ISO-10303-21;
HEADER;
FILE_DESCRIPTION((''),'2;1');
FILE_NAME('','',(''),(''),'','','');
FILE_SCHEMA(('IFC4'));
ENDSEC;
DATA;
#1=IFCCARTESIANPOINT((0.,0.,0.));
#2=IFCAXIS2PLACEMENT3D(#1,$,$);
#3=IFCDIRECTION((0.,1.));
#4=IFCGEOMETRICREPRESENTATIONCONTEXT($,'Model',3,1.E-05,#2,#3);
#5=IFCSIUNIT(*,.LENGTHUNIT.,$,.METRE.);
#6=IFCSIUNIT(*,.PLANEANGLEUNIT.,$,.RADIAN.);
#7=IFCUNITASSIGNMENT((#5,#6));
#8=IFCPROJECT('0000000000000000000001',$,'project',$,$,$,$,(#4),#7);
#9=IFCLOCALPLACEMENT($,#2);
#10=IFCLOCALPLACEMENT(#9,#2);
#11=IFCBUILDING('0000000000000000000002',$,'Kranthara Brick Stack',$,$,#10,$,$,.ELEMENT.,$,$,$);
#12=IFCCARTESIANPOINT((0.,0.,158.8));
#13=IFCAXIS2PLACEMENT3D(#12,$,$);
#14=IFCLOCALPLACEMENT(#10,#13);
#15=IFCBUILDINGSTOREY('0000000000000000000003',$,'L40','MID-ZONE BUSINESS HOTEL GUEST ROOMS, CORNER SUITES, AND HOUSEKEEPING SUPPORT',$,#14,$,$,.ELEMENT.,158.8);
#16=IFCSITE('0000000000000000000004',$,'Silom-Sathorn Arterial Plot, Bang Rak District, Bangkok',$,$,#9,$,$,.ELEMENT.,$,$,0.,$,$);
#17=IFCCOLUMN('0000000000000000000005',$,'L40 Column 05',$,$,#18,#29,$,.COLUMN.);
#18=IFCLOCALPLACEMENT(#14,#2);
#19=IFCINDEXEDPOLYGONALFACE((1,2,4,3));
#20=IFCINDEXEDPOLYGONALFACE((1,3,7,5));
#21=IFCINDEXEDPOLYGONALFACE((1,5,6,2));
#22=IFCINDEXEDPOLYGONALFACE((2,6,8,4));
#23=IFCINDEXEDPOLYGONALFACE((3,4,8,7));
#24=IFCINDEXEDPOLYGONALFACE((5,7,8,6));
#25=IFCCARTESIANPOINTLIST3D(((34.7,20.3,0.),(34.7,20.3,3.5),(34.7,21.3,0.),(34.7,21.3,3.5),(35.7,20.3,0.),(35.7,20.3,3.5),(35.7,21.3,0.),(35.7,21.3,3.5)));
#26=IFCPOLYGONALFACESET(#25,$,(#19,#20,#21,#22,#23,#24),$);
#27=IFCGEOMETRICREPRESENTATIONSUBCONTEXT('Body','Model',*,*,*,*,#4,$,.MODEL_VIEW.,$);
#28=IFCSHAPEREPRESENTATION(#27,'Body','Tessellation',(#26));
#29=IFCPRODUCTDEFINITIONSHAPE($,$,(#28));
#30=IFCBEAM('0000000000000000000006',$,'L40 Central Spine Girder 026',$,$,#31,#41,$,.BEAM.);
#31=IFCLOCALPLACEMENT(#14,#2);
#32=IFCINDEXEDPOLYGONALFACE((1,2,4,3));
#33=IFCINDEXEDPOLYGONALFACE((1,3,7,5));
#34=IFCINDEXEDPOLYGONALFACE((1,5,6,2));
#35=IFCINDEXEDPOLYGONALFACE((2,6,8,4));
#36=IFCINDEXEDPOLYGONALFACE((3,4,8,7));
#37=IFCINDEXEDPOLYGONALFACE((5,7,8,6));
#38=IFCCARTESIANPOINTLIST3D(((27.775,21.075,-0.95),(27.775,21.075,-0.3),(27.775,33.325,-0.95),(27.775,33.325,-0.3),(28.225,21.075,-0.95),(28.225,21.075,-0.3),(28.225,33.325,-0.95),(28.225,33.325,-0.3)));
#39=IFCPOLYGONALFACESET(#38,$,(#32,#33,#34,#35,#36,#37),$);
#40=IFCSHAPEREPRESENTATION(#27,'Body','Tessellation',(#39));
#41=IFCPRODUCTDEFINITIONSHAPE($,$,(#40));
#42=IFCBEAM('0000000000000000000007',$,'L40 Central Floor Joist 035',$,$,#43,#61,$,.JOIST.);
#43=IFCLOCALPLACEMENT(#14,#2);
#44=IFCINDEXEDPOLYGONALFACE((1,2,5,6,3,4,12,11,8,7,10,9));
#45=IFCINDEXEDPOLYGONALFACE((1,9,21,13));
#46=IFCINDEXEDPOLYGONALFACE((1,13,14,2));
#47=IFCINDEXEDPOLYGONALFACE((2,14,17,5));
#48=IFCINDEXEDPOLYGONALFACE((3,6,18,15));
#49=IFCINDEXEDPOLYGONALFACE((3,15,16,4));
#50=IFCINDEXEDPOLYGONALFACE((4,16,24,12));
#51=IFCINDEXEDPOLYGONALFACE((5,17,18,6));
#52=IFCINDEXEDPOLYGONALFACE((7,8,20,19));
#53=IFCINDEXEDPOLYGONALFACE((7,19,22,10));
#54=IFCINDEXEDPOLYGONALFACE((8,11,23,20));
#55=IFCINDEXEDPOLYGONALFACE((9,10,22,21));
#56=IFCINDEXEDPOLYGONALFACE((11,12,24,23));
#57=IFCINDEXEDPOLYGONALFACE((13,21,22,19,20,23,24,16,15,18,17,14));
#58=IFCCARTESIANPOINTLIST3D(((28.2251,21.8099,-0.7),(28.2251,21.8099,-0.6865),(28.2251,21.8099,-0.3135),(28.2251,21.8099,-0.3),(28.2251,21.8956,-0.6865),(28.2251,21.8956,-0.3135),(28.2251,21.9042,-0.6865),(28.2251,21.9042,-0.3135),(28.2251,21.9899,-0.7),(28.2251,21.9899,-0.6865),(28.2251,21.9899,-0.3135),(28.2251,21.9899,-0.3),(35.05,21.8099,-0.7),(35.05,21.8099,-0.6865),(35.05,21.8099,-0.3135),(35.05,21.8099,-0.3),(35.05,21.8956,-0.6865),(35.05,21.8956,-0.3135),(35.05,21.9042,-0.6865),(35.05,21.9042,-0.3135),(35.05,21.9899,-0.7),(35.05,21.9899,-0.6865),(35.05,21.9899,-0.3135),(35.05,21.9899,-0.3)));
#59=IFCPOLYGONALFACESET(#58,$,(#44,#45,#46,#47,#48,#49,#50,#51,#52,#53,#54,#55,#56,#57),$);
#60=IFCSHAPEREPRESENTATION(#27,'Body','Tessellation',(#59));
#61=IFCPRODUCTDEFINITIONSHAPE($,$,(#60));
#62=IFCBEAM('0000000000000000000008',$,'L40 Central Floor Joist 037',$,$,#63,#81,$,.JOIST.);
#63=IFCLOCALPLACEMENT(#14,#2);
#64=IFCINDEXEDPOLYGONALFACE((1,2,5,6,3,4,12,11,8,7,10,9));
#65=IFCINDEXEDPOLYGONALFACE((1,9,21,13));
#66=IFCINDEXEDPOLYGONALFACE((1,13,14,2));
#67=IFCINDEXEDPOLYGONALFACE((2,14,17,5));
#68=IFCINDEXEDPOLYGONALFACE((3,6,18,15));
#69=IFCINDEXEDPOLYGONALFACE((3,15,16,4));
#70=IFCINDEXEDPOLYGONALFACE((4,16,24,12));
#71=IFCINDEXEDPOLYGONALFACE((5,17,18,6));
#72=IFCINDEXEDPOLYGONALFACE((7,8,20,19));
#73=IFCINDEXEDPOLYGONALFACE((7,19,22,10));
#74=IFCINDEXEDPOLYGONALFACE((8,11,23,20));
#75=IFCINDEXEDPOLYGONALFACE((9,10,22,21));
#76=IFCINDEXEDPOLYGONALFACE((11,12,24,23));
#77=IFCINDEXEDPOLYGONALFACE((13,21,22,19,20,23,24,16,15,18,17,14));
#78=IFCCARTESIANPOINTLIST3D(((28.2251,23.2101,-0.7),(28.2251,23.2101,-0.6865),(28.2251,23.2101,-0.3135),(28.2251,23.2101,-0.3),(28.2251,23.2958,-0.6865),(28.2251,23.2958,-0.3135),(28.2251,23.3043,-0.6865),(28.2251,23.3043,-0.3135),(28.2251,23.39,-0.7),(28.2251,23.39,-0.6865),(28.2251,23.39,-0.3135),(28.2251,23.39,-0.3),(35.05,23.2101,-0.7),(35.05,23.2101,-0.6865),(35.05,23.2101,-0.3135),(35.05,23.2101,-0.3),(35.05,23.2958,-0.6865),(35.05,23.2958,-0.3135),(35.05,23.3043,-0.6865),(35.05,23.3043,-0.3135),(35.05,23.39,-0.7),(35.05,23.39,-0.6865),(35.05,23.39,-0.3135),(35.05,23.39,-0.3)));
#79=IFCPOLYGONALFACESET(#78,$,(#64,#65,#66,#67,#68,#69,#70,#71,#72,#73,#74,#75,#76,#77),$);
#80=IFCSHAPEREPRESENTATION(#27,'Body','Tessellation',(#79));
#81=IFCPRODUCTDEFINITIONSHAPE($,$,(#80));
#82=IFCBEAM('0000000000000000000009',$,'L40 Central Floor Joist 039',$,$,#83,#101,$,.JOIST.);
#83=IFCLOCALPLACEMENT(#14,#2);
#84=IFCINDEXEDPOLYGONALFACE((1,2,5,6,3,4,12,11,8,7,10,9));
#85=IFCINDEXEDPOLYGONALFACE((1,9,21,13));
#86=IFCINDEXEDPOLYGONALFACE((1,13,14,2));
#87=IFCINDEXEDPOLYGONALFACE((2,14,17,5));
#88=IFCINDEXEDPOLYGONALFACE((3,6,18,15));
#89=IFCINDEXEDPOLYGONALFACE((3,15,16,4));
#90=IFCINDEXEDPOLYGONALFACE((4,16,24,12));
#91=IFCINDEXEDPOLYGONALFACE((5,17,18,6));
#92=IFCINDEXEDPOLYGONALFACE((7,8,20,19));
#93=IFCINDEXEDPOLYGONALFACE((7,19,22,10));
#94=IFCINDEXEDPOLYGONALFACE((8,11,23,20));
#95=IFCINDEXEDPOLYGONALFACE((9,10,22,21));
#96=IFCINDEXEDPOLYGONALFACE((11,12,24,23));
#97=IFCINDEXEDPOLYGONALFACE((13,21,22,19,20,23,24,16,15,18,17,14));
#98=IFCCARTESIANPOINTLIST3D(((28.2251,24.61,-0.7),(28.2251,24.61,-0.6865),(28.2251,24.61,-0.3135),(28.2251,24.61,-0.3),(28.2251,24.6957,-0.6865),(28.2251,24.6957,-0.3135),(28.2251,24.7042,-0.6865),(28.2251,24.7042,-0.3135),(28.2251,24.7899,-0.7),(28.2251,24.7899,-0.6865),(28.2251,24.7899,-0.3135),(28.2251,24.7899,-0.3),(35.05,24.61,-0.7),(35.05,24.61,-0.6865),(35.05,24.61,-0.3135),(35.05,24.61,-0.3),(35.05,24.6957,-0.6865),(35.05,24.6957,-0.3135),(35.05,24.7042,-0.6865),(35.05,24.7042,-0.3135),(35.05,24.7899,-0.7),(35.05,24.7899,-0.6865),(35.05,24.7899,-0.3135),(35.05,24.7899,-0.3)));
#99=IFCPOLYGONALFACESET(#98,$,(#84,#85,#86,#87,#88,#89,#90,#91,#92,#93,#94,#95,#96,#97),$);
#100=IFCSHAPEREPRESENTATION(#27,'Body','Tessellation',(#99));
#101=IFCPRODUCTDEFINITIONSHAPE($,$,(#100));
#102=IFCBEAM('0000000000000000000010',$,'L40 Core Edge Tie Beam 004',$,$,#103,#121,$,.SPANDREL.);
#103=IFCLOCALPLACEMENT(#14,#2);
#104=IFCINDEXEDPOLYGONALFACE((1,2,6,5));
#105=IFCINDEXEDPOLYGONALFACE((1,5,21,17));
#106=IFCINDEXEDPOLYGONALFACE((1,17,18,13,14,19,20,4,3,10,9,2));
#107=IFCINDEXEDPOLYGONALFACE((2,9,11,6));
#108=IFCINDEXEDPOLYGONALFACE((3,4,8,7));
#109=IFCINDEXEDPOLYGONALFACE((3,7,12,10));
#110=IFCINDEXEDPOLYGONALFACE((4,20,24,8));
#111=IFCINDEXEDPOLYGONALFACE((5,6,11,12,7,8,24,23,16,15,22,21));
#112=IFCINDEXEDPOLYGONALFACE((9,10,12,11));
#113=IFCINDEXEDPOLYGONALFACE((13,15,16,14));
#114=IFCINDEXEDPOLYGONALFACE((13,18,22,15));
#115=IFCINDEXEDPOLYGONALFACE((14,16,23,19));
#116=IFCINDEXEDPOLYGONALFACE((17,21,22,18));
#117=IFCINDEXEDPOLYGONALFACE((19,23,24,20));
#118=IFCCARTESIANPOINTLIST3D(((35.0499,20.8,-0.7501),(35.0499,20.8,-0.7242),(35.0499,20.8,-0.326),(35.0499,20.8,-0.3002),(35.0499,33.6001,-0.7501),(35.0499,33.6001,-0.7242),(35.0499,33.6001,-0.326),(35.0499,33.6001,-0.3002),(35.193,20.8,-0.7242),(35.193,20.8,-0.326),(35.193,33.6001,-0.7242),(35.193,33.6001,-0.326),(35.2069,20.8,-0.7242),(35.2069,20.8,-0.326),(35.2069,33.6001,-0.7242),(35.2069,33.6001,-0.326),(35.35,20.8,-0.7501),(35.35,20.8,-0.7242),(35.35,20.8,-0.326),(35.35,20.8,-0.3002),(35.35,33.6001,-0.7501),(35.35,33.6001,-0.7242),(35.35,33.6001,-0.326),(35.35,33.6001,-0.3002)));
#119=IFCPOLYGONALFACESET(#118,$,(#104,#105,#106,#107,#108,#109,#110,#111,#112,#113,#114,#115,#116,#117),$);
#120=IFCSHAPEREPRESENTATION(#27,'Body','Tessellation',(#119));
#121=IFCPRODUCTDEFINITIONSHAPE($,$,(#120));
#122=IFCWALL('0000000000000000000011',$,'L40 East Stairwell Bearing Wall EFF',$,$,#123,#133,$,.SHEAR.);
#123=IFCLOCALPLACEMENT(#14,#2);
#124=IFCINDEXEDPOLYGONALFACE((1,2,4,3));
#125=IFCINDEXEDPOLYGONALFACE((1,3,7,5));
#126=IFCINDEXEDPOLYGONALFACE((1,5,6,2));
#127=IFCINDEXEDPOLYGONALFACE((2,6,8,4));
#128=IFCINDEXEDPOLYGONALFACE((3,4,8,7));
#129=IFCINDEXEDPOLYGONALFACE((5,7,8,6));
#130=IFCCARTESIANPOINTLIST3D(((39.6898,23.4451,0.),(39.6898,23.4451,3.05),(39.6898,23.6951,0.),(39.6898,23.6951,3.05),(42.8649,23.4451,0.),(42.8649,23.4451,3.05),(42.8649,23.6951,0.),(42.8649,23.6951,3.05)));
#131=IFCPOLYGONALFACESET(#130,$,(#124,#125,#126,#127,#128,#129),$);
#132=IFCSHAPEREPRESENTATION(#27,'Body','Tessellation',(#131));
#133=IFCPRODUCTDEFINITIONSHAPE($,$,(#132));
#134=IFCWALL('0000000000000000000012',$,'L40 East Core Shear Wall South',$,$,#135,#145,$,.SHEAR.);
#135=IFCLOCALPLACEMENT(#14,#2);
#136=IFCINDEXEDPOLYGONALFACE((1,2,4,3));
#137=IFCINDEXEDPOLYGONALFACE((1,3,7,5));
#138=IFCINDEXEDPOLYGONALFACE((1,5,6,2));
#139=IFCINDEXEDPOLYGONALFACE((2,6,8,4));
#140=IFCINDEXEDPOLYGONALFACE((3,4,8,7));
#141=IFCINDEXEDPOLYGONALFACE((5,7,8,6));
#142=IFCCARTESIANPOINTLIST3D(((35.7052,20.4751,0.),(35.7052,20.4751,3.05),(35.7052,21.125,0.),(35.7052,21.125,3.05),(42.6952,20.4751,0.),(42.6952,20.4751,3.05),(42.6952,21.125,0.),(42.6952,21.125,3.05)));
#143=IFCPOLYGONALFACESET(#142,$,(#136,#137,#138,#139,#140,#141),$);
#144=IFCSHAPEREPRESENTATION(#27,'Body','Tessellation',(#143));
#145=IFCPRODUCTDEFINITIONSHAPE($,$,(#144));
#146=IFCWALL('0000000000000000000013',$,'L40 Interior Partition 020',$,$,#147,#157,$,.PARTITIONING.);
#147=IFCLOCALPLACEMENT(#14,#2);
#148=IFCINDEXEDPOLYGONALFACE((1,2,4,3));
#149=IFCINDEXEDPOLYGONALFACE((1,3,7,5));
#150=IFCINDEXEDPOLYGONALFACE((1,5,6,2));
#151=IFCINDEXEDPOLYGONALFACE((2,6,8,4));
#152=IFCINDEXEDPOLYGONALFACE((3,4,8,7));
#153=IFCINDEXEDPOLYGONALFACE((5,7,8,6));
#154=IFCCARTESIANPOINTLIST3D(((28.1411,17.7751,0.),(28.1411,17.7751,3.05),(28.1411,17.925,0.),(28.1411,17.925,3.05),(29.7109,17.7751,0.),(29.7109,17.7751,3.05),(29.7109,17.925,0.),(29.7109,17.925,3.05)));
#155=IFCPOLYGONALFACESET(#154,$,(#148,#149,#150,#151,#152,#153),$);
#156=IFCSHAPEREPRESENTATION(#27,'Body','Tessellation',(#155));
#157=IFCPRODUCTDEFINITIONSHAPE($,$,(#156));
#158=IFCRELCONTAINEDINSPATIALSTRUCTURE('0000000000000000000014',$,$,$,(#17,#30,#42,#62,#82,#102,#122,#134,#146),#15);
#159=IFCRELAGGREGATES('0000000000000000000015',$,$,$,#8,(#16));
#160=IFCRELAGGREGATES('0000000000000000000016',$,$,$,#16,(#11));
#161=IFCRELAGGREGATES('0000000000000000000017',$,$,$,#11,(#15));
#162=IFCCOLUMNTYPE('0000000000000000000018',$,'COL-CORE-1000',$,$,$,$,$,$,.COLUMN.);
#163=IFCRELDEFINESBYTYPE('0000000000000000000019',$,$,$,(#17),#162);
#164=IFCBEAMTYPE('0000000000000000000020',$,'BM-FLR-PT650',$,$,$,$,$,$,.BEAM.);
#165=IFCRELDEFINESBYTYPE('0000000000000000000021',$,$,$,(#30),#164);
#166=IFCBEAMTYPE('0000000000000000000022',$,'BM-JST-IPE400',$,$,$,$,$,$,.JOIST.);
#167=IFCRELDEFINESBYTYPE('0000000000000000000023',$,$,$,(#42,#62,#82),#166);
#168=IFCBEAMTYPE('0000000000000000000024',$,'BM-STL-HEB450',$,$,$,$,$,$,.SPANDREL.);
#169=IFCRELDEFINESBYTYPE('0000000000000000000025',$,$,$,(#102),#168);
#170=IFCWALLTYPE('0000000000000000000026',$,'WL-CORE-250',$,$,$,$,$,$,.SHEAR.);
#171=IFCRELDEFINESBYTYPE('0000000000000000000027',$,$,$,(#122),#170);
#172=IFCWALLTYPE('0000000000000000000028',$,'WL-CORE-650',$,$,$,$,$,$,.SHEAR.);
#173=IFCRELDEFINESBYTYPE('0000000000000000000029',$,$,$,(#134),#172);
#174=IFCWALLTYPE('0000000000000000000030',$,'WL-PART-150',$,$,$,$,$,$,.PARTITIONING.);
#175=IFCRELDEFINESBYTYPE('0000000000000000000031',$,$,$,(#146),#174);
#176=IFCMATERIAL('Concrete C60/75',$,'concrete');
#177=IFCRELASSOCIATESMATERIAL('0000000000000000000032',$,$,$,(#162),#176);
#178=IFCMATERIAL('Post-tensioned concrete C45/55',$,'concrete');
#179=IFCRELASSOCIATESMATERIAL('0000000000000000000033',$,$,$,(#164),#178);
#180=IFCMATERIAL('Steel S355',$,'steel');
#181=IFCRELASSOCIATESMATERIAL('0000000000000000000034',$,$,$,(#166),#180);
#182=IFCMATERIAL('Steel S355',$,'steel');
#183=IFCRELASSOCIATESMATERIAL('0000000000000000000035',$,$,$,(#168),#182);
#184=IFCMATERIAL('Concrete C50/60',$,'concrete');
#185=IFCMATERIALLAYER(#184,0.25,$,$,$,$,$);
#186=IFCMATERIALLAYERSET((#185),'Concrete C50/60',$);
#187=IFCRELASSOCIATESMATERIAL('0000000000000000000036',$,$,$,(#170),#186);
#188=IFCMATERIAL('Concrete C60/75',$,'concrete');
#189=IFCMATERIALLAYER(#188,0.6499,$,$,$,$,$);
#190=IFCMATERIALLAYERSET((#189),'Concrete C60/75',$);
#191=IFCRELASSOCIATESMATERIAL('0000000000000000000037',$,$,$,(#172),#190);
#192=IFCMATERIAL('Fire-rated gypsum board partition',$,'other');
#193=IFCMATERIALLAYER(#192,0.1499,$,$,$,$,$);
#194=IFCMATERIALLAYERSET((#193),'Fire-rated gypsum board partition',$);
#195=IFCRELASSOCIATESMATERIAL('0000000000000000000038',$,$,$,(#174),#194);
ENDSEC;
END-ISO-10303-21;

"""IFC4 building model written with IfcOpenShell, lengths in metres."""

from ifc_helpers import new_model, si_unit, direction, frame, frame_2d, origin, origin_2d, place, context, subcontext, project, spatial, rectangle, i_section, extrude, material, layer, layer_set, material_profile, profile_set, type_object, element, save


model = new_model("IFC4")

# Units and contexts
model_context = context("Model", 3, precision=1e-05, world=origin(), true_north=direction((0.0, 1.0)))
body_context = subcontext(model_context, "Body", "Model", "MODEL_VIEW")
ifc_project = project(units=[si_unit("LENGTHUNIT", "METRE"), si_unit("PLANEANGLEUNIT", "RADIAN")], contexts=[model_context])

# Site, building, storey
site_placement = place(None, origin())
site = spatial("IfcSite", under=ifc_project, at=site_placement, Name="Silom-Sathorn Arterial Plot, Bang Rak District, Bangkok", CompositionType="ELEMENT", RefElevation=0.0)
building_placement = place(site_placement, origin())
building = spatial("IfcBuilding", under=site, at=building_placement, Name="Kranthara Brick Stack", CompositionType="ELEMENT")
storey_placement = place(building_placement, frame((0.0, 0.0, 158.8)))
storey = spatial("IfcBuildingStorey", under=building, at=storey_placement, Name="L40", Description="MID-ZONE BUSINESS HOTEL GUEST ROOMS, CORNER SUITES, AND HOUSEKEEPING SUPPORT", CompositionType="ELEMENT", Elevation=158.8)

# Column
ifc_material_1 = material(Name="Concrete C60/75", Category="concrete")
ifc_material_profile_1 = material_profile(ifc_material_1, rectangle(XDim=1.0, YDim=1.0, at=origin_2d()), Name="RC 1000x1000")
ifc_profile_set_1 = profile_set([ifc_material_profile_1], Name="Concrete C60/75")
column_type = type_object("IfcColumnType", Name="COL-CORE-1000", PredefinedType="COLUMN", material=ifc_profile_set_1)
column_placement = place(storey_placement, frame((35.2, 20.8, 0.0), z_axis=(0.0, 0.0, 1.0), x_axis=(1.0, 0.0, 0.0)))
element("IfcColumn", 1, at=column_placement, inside=storey, type_object=column_type, Name="L40 Column 05", PredefinedType="COLUMN", context=body_context, shape_type="SweptSolid", body=[
    extrude(rectangle(XDim=1.0, YDim=1.0, at=origin_2d()), origin(), (0.0, 0.0, 1.0), 3.5),
])

# Beams
ifc_material_2 = material(Name="Post-tensioned concrete C45/55", Category="concrete")
ifc_material_profile_2 = material_profile(ifc_material_2, rectangle(XDim=0.45, YDim=0.6499, at=origin_2d()), Name="PT 450x650")
ifc_profile_set_2 = profile_set([ifc_material_profile_2], Name="Post-tensioned concrete C45/55")
beam_type_1 = type_object("IfcBeamType", Name="BM-FLR-PT650", PredefinedType="BEAM", material=ifc_profile_set_2)
beam_1_placement = place(storey_placement, frame((28.0, 21.075, -0.625), z_axis=(0.0, 1.0, 0.0), x_axis=(-1.0, 0.0, 0.0)))
element("IfcBeam", 2, at=beam_1_placement, inside=storey, type_object=beam_type_1, Name="L40 Central Spine Girder 026", PredefinedType="BEAM", context=body_context, shape_type="SweptSolid", body=[
    extrude(rectangle(XDim=0.45, YDim=0.6499, at=origin_2d()), origin(), (0.0, 0.0, 1.0), 12.25),
])
ifc_material_3 = material(Name="Steel S355", Category="steel")
ifc_material_profile_3 = material_profile(ifc_material_3, i_section(OverallWidth=0.1799, OverallDepth=0.3999, WebThickness=0.0085, FlangeThickness=0.0134, at=origin_2d()), Name="IPE 400")
ifc_profile_set_3 = profile_set([ifc_material_profile_3], Name="Steel S355")
beam_type_2 = type_object("IfcBeamType", Name="BM-JST-IPE400", PredefinedType="JOIST", material=ifc_profile_set_3)
for number, where, z_axis, x_axis, name in (
    (3, (28.2251, 21.8999, -0.5), (1.0, 0.0, 0.0), (0.0, 1.0, 0.0), "L40 Central Floor Joist 035"),
    (4, (28.2251, 23.3, -0.5), (1.0, 0.0, 0.0), (0.0, 1.0, 0.0), "L40 Central Floor Joist 037"),
    (5, (28.2251, 24.7, -0.5), (1.0, 0.0, 0.0), (0.0, 1.0, 0.0), "L40 Central Floor Joist 039"),
):
    element("IfcBeam", number, at=place(storey_placement, frame(where, z_axis=z_axis, x_axis=x_axis)), inside=storey, type_object=beam_type_2, Name=name, PredefinedType="JOIST", context=body_context, shape_type="SweptSolid", body=[
        extrude(i_section(OverallWidth=0.1799, OverallDepth=0.3999, WebThickness=0.0085, FlangeThickness=0.0134, at=origin_2d()), origin(), (0.0, 0.0, 1.0), 6.825),
    ])
ifc_material_4 = material(Name="Steel S355", Category="steel")
ifc_material_profile_4 = material_profile(ifc_material_4, i_section(OverallWidth=0.3, OverallDepth=0.45, WebThickness=0.0139, FlangeThickness=0.0259, at=origin_2d()), Name="HEB 450")
ifc_profile_set_4 = profile_set([ifc_material_profile_4], Name="Steel S355")
beam_type_3 = type_object("IfcBeamType", Name="BM-STL-HEB450", PredefinedType="SPANDREL", material=ifc_profile_set_4)
beam_2_placement = place(storey_placement, frame((35.2, 20.8, -0.5251), z_axis=(0.0, 1.0, 0.0), x_axis=(-1.0, 0.0, 0.0)))
element("IfcBeam", 6, at=beam_2_placement, inside=storey, type_object=beam_type_3, Name="L40 Core Edge Tie Beam 004", PredefinedType="SPANDREL", context=body_context, shape_type="SweptSolid", body=[
    extrude(i_section(OverallWidth=0.3, OverallDepth=0.45, WebThickness=0.0139, FlangeThickness=0.0259, at=origin_2d()), origin(), (0.0, 0.0, 1.0), 12.8),
])

# Shared definitions
ifc_material_5 = material(Name="Concrete C50/60", Category="concrete")
ifc_layer_1 = layer(ifc_material_5, 0.25)
ifc_layer_set_1 = layer_set([ifc_layer_1], Name="Concrete C50/60")
wall_type_1 = type_object("IfcWallType", Name="WL-CORE-250", PredefinedType="SHEAR", material=ifc_layer_set_1)

# Walls
wall_1_placement = place(storey_placement, frame((39.6899, 23.5701, 0.0), z_axis=(0.0, 0.0, 1.0), x_axis=(1.0, 0.0, 0.0)))
element("IfcWall", 7, at=wall_1_placement, inside=storey, type_object=wall_type_1, Name="L40 East Stairwell Bearing Wall EFF", PredefinedType="SHEAR", context=body_context, shape_type="SweptSolid", body=[
    extrude(rectangle(XDim=3.175, YDim=0.25, at=frame_2d((1.5874, 0.0))), origin(), (0.0, 0.0, 1.0), 3.05),
])
ifc_material_6 = material(Name="Concrete C60/75", Category="concrete")
ifc_layer_2 = layer(ifc_material_6, 0.6499)
ifc_layer_set_2 = layer_set([ifc_layer_2], Name="Concrete C60/75")
wall_type_2 = type_object("IfcWallType", Name="WL-CORE-650", PredefinedType="SHEAR", material=ifc_layer_set_2)
wall_2_placement = place(storey_placement, frame((35.7051, 20.8, 0.0), z_axis=(0.0, 0.0, 1.0), x_axis=(1.0, 0.0, 0.0)))
element("IfcWall", 8, at=wall_2_placement, inside=storey, type_object=wall_type_2, Name="L40 East Core Shear Wall South", PredefinedType="SHEAR", context=body_context, shape_type="SweptSolid", body=[
    extrude(rectangle(XDim=6.99, YDim=0.6499, at=frame_2d((3.4951, 0.0))), origin(), (0.0, 0.0, 1.0), 3.05),
])

# Wall
ifc_material_7 = material(Name="Fire-rated gypsum board partition", Category="other")
ifc_layer_3 = layer(ifc_material_7, 0.1499)
ifc_layer_set_3 = layer_set([ifc_layer_3], Name="Fire-rated gypsum board partition")
wall_type_3 = type_object("IfcWallType", Name="WL-PART-150", PredefinedType="PARTITIONING", material=ifc_layer_set_3)
wall_3_placement = place(storey_placement, frame((28.1411, 17.8501, 0.0), z_axis=(0.0, 0.0, 1.0), x_axis=(1.0, 0.0, 0.0)))
element("IfcWall", 9, at=wall_3_placement, inside=storey, type_object=wall_type_3, Name="L40 Interior Partition 020", PredefinedType="PARTITIONING", context=body_context, shape_type="SweptSolid", body=[
    extrude(rectangle(XDim=1.5698, YDim=0.1499, at=frame_2d((0.7849, 0.0))), origin(), (0.0, 0.0, 1.0), 3.05),
])

save(model, "model.ifc")
